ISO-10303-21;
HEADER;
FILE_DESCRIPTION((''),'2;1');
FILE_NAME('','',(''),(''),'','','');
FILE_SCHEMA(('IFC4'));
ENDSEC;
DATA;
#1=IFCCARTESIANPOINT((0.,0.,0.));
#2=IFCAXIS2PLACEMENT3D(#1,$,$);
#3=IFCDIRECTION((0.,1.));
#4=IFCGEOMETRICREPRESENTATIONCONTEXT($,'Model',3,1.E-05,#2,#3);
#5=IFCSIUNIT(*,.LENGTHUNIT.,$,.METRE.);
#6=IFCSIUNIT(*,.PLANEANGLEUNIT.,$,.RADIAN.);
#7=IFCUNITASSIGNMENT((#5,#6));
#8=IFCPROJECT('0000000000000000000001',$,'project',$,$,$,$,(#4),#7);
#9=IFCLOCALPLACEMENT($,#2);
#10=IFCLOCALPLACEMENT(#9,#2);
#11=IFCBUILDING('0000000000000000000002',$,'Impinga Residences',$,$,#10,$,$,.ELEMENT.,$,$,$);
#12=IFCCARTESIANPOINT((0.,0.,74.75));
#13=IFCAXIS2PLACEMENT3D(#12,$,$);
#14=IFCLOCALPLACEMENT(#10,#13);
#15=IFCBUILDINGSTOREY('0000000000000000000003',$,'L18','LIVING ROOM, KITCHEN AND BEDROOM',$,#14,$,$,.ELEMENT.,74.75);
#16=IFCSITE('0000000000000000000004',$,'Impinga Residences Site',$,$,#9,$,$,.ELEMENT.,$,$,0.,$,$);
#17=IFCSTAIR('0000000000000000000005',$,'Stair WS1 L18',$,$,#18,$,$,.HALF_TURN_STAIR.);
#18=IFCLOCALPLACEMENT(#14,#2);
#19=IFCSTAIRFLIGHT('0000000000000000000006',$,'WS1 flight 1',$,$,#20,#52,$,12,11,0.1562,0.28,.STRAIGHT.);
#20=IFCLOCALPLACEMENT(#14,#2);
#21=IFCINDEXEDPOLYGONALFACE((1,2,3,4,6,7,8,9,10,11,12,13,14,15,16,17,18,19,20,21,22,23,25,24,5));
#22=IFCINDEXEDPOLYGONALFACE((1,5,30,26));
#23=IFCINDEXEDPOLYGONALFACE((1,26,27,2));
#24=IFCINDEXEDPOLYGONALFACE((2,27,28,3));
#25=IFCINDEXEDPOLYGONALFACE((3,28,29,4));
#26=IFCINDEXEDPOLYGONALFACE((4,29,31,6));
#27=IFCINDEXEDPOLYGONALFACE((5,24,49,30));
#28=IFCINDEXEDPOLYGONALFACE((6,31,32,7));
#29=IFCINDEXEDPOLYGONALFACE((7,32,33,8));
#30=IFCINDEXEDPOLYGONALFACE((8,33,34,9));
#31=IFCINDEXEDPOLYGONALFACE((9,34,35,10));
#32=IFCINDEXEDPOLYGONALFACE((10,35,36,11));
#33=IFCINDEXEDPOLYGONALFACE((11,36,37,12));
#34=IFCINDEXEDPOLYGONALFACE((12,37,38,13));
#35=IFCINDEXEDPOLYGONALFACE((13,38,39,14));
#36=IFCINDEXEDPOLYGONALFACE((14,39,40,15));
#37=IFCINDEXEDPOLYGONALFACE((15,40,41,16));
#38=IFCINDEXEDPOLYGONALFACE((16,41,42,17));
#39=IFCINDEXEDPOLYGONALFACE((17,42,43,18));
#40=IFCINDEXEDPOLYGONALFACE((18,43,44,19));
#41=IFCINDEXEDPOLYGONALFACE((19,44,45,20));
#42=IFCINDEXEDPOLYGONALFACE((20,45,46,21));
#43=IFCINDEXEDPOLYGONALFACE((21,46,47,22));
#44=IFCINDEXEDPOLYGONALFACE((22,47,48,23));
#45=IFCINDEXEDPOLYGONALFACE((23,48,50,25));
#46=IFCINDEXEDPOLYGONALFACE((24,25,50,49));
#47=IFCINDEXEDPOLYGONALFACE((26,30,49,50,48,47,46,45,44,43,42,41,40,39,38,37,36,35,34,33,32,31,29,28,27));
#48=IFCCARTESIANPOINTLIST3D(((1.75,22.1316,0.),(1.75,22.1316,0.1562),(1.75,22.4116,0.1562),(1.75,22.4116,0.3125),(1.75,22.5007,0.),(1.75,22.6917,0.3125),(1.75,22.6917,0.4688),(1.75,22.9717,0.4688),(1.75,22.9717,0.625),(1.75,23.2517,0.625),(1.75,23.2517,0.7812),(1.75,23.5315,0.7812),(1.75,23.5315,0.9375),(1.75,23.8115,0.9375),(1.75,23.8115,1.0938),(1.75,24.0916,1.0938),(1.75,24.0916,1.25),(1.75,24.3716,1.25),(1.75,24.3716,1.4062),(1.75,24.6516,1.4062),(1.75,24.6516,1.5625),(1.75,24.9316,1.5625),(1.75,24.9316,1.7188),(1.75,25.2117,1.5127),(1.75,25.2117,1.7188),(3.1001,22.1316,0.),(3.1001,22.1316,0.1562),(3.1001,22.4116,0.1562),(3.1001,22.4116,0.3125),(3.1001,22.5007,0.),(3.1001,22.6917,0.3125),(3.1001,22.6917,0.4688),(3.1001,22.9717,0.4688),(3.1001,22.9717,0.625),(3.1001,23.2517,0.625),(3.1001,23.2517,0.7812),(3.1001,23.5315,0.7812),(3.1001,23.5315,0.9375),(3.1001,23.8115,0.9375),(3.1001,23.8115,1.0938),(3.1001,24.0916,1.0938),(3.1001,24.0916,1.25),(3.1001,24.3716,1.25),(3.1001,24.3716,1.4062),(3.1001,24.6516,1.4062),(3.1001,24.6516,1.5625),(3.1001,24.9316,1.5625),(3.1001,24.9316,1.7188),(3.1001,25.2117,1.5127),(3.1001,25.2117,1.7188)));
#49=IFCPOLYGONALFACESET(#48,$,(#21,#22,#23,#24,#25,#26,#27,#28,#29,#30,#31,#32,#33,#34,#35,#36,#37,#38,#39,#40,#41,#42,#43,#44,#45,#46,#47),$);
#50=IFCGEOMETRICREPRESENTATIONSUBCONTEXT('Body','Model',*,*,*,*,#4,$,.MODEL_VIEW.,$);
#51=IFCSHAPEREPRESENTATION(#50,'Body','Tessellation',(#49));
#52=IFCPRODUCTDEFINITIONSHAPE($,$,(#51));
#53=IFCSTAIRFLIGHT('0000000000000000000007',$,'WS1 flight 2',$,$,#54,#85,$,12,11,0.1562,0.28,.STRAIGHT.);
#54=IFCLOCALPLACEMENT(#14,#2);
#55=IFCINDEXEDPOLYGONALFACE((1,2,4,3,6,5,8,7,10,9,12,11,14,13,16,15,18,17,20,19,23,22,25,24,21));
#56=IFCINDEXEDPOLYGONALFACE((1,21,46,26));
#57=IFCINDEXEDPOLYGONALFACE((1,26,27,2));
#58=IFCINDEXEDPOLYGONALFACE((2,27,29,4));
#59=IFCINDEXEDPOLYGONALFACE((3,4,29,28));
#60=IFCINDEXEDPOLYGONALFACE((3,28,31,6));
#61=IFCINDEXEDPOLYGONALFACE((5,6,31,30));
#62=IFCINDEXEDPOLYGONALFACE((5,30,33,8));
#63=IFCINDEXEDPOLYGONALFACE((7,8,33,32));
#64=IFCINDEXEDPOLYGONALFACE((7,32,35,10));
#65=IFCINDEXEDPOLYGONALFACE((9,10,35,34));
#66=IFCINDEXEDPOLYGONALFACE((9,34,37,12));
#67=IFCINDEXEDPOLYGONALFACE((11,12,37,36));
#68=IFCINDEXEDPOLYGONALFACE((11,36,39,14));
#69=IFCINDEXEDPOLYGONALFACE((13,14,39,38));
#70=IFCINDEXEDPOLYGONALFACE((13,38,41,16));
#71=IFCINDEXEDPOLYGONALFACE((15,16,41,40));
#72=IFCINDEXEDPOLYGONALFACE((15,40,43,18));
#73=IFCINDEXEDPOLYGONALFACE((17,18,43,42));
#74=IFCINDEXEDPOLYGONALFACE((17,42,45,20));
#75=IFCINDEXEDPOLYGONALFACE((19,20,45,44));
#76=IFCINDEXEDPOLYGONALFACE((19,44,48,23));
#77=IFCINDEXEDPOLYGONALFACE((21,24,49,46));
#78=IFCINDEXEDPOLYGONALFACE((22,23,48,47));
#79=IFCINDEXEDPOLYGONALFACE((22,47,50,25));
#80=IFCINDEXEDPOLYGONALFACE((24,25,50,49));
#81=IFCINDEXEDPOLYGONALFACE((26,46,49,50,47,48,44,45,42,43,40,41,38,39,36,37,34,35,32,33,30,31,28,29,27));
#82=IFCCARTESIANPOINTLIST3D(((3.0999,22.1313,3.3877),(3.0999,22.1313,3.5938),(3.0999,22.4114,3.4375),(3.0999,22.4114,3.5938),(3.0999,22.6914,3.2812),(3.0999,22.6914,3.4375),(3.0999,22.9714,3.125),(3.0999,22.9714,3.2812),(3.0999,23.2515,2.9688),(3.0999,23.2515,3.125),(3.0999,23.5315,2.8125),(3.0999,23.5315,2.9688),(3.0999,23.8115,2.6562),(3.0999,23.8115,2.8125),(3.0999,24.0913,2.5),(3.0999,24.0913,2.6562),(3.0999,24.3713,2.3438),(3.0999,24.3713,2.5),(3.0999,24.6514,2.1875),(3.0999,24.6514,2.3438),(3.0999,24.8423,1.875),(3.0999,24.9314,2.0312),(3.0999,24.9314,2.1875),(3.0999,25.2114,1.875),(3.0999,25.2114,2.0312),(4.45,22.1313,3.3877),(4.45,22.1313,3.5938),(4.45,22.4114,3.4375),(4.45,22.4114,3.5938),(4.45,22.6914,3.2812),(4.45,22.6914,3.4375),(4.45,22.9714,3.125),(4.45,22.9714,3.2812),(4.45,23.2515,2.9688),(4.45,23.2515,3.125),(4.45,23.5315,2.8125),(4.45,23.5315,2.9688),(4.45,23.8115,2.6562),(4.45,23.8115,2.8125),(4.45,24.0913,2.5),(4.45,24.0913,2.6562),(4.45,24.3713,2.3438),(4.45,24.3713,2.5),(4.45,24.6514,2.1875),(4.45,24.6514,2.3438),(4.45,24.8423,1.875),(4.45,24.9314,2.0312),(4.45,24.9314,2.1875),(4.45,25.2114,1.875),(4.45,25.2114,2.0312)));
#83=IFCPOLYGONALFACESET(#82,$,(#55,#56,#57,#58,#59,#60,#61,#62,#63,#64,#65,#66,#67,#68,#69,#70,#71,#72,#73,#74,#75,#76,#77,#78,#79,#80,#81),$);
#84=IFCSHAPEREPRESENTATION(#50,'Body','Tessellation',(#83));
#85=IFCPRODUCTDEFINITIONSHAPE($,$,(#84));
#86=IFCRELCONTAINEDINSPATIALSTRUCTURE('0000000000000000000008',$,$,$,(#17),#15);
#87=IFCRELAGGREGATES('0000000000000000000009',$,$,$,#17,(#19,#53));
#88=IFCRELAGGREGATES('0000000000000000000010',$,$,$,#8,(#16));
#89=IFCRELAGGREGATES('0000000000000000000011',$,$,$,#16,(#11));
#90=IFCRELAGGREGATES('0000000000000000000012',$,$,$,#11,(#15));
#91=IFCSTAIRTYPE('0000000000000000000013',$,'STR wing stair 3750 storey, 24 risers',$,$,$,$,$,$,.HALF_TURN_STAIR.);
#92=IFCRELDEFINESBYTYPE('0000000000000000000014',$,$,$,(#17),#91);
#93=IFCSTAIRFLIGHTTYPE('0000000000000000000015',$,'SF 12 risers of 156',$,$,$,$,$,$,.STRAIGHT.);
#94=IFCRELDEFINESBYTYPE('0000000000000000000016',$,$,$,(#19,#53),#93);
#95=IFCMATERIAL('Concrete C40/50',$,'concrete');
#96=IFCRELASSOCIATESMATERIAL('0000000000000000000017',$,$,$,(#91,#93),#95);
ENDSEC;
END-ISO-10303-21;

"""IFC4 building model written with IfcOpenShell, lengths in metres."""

from ifc_helpers import new_model, si_unit, direction, frame, origin, place, context, subcontext, project, spatial, polyline, outline, extrude, material, type_object, element, aggregate, save


model = new_model("IFC4")

# Units and contexts
model_context = context("Model", 3, precision=1e-05, world=origin(), true_north=direction((0.0, 1.0)))
body_context = subcontext(model_context, "Body", "Model", "MODEL_VIEW")
ifc_project = project(units=[si_unit("LENGTHUNIT", "METRE"), si_unit("PLANEANGLEUNIT", "RADIAN")], contexts=[model_context])

# Site, building, storey
site_placement = place(None, origin())
site = spatial("IfcSite", under=ifc_project, at=site_placement, Name="Impinga Residences Site", CompositionType="ELEMENT", RefElevation=0.0)
building_placement = place(site_placement, origin())
building = spatial("IfcBuilding", under=site, at=building_placement, Name="Impinga Residences", CompositionType="ELEMENT")
storey_placement = place(building_placement, frame((0.0, 0.0, 74.75)))
storey = spatial("IfcBuildingStorey", under=building, at=storey_placement, Name="L18", Description="LIVING ROOM, KITCHEN AND BEDROOM", CompositionType="ELEMENT", Elevation=74.75)

# Stair, stair flights
ifc_material_1 = material(Name="Concrete C40/50", Category="concrete")
stair_type = type_object("IfcStairType", Name="STR wing stair 3750 storey, 24 risers", PredefinedType="HALF_TURN_STAIR", material=ifc_material_1)
stair_placement = place(storey_placement, origin())
stair = element("IfcStair", 1, at=stair_placement, inside=storey, type_object=stair_type, Name="Stair WS1 L18", PredefinedType="HALF_TURN_STAIR")
stair_flight_type = type_object("IfcStairFlightType", Name="SF 12 risers of 156", PredefinedType="STRAIGHT", material=ifc_material_1)
stair_flight_1_placement = place(storey_placement, frame((2.425, 22.1316, 0.0), z_axis=(0.0, 0.0, 1.0), x_axis=(0.0, 1.0, 0.0)))
stair_flight_1 = element("IfcStairFlight", 2, at=stair_flight_1_placement, type_object=stair_flight_type, Name="WS1 flight 1", NumberOfRisers=12, NumberOfTreads=11, PredefinedType="STRAIGHT", RiserHeight=0.1562, TreadLength=0.28, context=body_context, shape_type="SweptSolid", body=[
    extrude(outline(polyline([(0.0, 0.0), (0.0, 0.1562), (0.28, 0.1562), (0.28, 0.3125), (0.5601, 0.3125), (0.5601, 0.4688), (0.8401, 0.4688), (0.8401, 0.625), (1.1201, 0.625), (1.1201, 0.7812), (1.3999, 0.7812), (1.3999, 0.9375), (1.6799, 0.9375), (1.6799, 1.0938), (1.96, 1.0938), (1.96, 1.25), (2.24, 1.25), (2.24, 1.4062), (2.52, 1.4062), (2.52, 1.5625), (2.8, 1.5625), (2.8, 1.7188), (3.0801, 1.7188), (3.0801, 1.875), (3.0801, 1.5127), (0.3691, 0.0), (0.0, 0.0)])), frame((0.0, 0.675, 0.0), z_axis=(0.0, -1.0, 0.0), x_axis=(1.0, 0.0, 0.0)), (0.0, 0.0, 1.0), 1.3501),
])
stair_flight_2_placement = place(storey_placement, frame((3.7749, 25.2114, 1.875), z_axis=(0.0, 0.0, 1.0), x_axis=(0.0, -1.0, 0.0)))
stair_flight_2 = element("IfcStairFlight", 3, at=stair_flight_2_placement, type_object=stair_flight_type, Name="WS1 flight 2", NumberOfRisers=12, NumberOfTreads=11, PredefinedType="STRAIGHT", RiserHeight=0.1562, TreadLength=0.28, context=body_context, shape_type="SweptSolid", body=[
    extrude(outline(polyline([(0.0, 0.0), (0.0, 0.1562), (0.28, 0.1562), (0.28, 0.3125), (0.5601, 0.3125), (0.5601, 0.4688), (0.8401, 0.4688), (0.8401, 0.625), (1.1201, 0.625), (1.1201, 0.7812), (1.3999, 0.7812), (1.3999, 0.9375), (1.6799, 0.9375), (1.6799, 1.0938), (1.96, 1.0938), (1.96, 1.25), (2.24, 1.25), (2.24, 1.4062), (2.52, 1.4062), (2.52, 1.5625), (2.8, 1.5625), (2.8, 1.7188), (3.0801, 1.7188), (3.0801, 1.875), (3.0801, 1.5127), (0.3691, 0.0), (0.0, 0.0)])), frame((0.0, 0.675, 0.0), z_axis=(0.0, -1.0, 0.0), x_axis=(1.0, 0.0, 0.0)), (0.0, 0.0, 1.0), 1.3501),
])
aggregate(stair, [stair_flight_1, stair_flight_2])

save(model, "model.ifc")
